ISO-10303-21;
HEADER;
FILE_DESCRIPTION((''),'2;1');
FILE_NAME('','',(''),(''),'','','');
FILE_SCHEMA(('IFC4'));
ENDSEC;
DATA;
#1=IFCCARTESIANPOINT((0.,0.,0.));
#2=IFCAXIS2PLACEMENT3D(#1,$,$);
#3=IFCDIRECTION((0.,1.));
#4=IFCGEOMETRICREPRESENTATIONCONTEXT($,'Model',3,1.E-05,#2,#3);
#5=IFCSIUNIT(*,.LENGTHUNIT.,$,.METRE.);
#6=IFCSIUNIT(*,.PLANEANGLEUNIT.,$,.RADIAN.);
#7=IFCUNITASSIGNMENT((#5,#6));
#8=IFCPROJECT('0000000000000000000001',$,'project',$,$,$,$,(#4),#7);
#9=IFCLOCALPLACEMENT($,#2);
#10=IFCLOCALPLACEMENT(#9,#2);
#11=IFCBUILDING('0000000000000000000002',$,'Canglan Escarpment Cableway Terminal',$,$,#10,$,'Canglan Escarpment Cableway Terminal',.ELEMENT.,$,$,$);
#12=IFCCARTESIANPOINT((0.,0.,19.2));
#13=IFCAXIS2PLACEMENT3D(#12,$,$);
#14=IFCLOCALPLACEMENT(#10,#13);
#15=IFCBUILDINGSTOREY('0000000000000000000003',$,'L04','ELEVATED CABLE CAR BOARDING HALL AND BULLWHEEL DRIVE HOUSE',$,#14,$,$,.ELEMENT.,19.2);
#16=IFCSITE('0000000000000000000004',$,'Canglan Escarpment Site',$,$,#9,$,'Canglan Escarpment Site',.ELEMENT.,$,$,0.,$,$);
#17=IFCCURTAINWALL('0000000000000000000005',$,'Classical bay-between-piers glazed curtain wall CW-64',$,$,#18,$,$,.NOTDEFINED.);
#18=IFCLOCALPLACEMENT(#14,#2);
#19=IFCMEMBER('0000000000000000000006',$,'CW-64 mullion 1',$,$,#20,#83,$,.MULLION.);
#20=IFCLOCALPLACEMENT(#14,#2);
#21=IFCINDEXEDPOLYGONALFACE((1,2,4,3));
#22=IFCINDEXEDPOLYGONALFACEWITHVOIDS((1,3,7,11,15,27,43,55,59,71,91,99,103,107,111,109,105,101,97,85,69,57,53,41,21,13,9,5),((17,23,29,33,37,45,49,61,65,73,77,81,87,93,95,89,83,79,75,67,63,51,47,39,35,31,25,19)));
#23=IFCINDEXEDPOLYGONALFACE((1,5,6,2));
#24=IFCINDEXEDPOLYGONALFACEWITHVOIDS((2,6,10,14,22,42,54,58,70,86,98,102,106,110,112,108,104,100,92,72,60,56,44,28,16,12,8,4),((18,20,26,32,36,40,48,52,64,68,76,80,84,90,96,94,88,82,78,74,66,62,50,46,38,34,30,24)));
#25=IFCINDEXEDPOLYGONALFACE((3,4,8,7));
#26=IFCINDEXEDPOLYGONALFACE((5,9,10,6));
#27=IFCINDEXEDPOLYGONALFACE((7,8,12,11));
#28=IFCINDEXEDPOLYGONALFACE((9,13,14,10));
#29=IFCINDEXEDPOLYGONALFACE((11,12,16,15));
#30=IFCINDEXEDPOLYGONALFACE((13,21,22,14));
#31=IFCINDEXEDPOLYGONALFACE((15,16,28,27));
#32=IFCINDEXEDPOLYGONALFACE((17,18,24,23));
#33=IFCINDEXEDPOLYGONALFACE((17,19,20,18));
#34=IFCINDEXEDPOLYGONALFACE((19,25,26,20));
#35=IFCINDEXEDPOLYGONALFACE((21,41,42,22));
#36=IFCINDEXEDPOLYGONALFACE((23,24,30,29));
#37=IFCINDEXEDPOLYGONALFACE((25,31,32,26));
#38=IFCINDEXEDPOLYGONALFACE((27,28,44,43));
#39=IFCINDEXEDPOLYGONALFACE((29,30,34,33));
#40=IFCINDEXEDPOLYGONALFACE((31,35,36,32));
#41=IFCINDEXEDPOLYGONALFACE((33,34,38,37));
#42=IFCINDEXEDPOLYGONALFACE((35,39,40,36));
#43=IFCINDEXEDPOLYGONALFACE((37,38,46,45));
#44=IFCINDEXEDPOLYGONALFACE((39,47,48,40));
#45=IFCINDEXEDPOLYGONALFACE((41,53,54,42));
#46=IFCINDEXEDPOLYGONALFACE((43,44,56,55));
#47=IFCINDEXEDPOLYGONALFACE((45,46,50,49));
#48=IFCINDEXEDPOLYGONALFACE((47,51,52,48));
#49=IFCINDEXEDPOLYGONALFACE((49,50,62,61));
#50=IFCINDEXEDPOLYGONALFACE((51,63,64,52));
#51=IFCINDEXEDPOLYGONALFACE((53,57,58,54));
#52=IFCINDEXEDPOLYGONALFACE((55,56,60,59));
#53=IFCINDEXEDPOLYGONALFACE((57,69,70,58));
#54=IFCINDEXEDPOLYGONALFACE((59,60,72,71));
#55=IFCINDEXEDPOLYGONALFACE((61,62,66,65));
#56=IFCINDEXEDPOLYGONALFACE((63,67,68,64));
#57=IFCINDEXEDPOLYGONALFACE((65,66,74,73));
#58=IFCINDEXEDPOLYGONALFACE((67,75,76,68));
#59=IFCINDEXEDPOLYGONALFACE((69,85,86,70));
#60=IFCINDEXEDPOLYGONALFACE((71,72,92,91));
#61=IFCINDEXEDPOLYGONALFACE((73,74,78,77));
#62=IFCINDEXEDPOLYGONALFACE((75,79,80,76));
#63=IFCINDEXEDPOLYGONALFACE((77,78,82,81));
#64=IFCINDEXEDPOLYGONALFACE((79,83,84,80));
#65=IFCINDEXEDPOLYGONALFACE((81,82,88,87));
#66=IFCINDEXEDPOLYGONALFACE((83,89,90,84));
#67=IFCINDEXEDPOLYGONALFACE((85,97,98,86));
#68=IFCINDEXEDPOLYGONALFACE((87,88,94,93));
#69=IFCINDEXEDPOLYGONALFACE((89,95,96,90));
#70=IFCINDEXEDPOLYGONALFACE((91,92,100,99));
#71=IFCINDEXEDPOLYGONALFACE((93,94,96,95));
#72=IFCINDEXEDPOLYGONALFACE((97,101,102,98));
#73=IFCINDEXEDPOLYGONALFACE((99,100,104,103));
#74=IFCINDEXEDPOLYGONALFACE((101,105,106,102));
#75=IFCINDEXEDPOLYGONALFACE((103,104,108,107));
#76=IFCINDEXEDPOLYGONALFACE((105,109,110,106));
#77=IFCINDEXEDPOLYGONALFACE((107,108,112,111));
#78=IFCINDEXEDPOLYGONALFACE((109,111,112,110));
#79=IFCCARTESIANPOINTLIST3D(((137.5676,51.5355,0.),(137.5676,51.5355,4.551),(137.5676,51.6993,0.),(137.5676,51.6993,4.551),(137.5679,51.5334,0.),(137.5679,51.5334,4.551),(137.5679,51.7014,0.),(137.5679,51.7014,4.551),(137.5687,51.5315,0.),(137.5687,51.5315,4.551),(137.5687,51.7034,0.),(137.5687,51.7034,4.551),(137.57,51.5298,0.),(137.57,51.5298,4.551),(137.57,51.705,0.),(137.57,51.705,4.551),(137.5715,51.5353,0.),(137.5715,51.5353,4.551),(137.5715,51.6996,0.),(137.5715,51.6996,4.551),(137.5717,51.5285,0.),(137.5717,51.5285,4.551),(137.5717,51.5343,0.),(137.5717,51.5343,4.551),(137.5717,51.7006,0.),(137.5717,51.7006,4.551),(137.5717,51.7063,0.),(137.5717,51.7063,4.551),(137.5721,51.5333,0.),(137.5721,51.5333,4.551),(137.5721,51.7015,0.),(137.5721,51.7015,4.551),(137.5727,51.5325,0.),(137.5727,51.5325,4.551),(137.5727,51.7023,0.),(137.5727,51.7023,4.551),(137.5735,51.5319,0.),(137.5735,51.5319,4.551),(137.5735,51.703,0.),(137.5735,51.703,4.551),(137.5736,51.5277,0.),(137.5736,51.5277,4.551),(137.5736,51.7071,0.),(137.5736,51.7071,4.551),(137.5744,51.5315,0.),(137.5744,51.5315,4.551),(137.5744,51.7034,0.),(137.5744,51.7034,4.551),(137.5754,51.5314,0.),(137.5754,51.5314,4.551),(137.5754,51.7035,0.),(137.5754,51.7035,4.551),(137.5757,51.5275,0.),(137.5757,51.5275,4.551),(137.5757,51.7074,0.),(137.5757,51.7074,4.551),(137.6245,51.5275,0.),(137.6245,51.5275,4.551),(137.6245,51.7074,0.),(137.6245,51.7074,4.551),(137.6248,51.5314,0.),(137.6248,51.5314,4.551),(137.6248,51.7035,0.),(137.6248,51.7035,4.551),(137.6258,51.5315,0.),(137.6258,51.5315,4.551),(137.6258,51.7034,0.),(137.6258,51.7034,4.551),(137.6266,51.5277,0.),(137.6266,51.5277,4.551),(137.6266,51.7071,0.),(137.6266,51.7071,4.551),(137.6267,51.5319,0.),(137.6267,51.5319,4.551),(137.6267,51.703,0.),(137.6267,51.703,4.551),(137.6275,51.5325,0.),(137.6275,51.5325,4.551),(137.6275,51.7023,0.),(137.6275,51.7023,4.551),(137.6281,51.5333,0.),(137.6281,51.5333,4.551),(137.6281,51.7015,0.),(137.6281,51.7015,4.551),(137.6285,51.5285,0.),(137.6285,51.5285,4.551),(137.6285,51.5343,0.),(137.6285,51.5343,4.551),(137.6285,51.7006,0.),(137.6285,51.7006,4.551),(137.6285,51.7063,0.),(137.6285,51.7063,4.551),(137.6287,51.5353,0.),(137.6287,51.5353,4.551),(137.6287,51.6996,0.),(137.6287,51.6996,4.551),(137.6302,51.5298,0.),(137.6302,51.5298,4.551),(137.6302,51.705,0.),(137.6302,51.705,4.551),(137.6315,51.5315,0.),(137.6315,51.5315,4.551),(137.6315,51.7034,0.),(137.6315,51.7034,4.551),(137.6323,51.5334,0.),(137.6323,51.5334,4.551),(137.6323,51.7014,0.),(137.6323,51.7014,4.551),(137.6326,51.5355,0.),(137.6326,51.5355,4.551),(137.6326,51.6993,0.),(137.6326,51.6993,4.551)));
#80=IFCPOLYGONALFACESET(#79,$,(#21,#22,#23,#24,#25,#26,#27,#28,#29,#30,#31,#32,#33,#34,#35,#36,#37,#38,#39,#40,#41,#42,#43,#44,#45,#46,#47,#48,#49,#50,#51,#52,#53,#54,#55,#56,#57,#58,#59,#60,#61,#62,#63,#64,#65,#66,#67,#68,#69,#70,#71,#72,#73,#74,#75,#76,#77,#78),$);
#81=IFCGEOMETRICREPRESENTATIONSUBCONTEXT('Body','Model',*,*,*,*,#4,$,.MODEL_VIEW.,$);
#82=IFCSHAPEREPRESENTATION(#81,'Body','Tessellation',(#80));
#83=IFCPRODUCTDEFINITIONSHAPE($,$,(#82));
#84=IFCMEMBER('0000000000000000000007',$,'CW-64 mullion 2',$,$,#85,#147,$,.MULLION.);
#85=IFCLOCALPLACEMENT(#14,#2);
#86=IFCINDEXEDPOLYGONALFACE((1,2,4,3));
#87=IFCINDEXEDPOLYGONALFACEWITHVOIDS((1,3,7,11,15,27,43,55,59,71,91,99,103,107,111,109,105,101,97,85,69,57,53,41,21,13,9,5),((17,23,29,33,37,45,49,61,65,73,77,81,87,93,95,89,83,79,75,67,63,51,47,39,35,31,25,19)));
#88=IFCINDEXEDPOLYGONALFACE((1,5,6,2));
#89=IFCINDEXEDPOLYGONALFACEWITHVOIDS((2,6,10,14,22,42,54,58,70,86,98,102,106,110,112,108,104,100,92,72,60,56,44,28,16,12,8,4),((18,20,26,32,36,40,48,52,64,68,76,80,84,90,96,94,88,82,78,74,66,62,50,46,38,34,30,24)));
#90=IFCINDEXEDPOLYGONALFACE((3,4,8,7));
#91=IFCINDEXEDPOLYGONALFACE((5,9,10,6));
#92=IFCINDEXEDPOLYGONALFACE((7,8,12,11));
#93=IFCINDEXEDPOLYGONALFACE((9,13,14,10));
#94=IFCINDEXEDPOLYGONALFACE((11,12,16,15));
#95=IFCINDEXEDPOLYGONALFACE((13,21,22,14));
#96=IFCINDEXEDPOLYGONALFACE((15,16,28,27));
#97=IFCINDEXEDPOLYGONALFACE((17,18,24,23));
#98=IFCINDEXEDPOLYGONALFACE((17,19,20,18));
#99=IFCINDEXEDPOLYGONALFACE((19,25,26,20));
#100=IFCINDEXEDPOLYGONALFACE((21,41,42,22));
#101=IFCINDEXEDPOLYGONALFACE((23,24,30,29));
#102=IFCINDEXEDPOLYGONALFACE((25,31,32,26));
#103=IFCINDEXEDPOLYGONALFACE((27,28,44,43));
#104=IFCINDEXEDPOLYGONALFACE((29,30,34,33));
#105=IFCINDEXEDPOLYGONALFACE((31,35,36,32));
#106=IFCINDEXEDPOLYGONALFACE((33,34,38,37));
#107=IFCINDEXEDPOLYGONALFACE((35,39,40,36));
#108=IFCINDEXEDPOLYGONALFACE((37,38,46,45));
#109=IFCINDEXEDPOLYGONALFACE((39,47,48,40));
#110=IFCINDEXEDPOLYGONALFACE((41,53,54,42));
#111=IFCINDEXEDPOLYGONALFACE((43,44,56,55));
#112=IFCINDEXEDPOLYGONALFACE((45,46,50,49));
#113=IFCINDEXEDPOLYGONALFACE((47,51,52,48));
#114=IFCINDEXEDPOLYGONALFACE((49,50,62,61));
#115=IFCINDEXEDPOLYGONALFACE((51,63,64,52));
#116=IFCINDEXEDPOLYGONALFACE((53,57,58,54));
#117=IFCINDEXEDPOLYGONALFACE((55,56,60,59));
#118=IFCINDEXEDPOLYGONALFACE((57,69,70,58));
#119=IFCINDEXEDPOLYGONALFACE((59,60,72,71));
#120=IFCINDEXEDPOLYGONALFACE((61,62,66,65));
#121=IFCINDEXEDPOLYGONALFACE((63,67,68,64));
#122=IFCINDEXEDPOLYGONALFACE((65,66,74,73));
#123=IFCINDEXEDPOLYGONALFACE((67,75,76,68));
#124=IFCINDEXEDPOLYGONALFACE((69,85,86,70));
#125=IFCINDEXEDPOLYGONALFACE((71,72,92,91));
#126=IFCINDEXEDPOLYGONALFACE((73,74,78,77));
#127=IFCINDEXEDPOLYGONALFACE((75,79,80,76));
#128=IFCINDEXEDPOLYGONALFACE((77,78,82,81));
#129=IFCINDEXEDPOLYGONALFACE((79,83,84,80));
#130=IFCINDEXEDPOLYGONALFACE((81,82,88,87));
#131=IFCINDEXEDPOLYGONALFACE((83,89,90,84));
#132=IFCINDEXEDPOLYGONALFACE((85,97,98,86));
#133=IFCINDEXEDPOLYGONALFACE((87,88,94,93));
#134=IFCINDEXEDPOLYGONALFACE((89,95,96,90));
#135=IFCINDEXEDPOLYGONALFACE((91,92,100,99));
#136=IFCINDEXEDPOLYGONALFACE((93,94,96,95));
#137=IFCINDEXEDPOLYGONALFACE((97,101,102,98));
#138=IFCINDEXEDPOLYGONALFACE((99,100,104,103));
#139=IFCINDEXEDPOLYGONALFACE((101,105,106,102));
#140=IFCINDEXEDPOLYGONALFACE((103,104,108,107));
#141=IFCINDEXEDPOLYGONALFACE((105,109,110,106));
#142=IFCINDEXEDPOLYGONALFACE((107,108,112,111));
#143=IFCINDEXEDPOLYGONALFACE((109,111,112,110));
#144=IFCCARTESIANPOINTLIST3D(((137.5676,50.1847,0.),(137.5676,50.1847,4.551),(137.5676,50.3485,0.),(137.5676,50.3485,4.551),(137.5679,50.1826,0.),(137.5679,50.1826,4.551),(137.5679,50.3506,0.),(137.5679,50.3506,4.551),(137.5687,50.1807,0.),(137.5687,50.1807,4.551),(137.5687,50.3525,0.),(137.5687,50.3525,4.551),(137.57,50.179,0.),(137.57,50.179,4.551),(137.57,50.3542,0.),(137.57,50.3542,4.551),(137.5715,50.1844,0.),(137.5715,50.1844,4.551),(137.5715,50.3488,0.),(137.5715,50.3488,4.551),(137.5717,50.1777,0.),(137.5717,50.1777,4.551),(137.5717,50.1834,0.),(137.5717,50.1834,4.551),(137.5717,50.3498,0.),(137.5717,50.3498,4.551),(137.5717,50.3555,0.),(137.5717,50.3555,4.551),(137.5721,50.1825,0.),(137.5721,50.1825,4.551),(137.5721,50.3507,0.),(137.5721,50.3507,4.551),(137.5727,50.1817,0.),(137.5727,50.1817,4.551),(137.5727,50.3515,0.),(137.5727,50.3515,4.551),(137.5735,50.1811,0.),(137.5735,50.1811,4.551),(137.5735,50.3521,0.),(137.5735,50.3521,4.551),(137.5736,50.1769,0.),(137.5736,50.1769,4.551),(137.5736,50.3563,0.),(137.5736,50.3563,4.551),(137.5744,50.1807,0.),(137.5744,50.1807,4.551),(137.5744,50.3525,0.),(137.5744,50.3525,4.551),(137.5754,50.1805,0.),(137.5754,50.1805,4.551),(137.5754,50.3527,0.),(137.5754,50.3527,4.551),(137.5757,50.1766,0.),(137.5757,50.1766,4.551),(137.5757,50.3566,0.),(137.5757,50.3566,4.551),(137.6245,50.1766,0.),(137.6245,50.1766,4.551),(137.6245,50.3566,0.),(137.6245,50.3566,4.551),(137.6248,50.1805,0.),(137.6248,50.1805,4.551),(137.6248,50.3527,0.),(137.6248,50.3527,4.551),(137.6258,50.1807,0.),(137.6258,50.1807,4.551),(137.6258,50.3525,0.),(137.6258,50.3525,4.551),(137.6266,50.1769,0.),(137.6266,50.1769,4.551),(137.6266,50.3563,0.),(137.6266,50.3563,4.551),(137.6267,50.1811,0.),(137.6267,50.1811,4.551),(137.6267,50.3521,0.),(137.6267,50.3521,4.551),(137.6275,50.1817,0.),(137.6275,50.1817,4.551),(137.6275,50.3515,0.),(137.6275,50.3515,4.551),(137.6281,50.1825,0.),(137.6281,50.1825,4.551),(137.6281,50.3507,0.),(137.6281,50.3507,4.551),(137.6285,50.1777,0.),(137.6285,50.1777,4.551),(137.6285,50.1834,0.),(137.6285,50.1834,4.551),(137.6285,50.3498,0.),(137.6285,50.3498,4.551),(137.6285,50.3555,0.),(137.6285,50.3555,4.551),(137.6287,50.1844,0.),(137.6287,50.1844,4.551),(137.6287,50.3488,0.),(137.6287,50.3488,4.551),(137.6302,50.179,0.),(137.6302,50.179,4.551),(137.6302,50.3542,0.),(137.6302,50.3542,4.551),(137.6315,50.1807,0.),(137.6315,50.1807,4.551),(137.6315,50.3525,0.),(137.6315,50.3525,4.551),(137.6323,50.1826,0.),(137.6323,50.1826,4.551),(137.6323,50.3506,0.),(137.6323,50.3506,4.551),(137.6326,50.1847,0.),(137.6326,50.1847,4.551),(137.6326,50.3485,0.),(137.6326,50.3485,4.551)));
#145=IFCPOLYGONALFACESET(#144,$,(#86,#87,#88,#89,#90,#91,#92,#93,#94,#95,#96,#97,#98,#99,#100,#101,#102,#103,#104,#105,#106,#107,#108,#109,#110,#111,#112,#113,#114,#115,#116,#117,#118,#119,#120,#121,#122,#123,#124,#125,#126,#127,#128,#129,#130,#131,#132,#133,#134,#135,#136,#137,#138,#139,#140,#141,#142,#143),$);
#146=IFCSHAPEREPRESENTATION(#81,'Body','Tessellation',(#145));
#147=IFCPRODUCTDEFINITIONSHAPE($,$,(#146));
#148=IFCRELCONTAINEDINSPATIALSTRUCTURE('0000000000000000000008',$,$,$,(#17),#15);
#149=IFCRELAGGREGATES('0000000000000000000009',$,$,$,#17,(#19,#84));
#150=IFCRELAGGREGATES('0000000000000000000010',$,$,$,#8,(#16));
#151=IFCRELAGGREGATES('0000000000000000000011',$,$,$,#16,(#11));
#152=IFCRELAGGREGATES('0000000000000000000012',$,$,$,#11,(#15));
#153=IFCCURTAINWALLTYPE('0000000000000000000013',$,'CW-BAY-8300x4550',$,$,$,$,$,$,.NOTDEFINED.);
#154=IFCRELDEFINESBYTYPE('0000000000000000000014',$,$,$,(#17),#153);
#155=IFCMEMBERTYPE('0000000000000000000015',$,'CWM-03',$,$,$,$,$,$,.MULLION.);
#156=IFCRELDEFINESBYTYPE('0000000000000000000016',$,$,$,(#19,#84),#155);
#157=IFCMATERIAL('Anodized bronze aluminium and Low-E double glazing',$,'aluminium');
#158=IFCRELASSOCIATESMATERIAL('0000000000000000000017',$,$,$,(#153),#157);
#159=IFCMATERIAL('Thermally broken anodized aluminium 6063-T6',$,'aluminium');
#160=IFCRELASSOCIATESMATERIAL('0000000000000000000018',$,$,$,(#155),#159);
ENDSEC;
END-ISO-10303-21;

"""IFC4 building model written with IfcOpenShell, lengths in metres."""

from ifc_helpers import new_model, si_unit, direction, frame, origin, origin_2d, place, context, subcontext, project, spatial, hollow_rectangle, extrude, material, material_profile, profile_set, type_object, element, aggregate, save


model = new_model("IFC4")

# Units and contexts
model_context = context("Model", 3, precision=1e-05, world=origin(), true_north=direction((0.0, 1.0)))
body_context = subcontext(model_context, "Body", "Model", "MODEL_VIEW")
ifc_project = project(units=[si_unit("LENGTHUNIT", "METRE"), si_unit("PLANEANGLEUNIT", "RADIAN")], contexts=[model_context])

# Site, building, storey
site_placement = place(None, origin())
site = spatial("IfcSite", under=ifc_project, at=site_placement, Name="Canglan Escarpment Site", LongName="Canglan Escarpment Site", CompositionType="ELEMENT", RefElevation=0.0)
building_placement = place(site_placement, origin())
building = spatial("IfcBuilding", under=site, at=building_placement, Name="Canglan Escarpment Cableway Terminal", LongName="Canglan Escarpment Cableway Terminal", CompositionType="ELEMENT")
storey_placement = place(building_placement, frame((0.0, 0.0, 19.2)))
storey = spatial("IfcBuildingStorey", under=building, at=storey_placement, Name="L04", Description="ELEVATED CABLE CAR BOARDING HALL AND BULLWHEEL DRIVE HOUSE", CompositionType="ELEMENT", Elevation=19.2)

# Shared definitions
ifc_material_1 = material(Name="Anodized bronze aluminium and Low-E double glazing", Category="aluminium")
curtain_wall_type = type_object("IfcCurtainWallType", Name="CW-BAY-8300x4550", PredefinedType="NOTDEFINED", material=ifc_material_1)
ifc_material_2 = material(Name="Thermally broken anodized aluminium 6063-T6", Category="aluminium")

# Curtain wall, members
curtain_wall_1_placement = place(storey_placement, origin())
curtain_wall_1 = element("IfcCurtainWall", 1, at=curtain_wall_1_placement, inside=storey, type_object=curtain_wall_type, Name="Classical bay-between-piers glazed curtain wall CW-64", PredefinedType="NOTDEFINED")
ifc_material_profile_1 = material_profile(ifc_material_2, hollow_rectangle(XDim=0.0649, YDim=0.1799, WallThickness=0.0039, InnerFilletRadius=0.0039, OuterFilletRadius=0.0081, at=origin_2d()), Name="ALU-MULL 65x180x4")
ifc_profile_set_1 = profile_set([ifc_material_profile_1], Name="Thermally broken anodized aluminium 6063-T6")
member_type_1 = type_object("IfcMemberType", Name="CWM-03", PredefinedType="MULLION", material=ifc_profile_set_1)
member_1_placement = place(storey_placement, frame((137.6001, 51.6174, 0.0), z_axis=(0.0, 0.0, 1.0), x_axis=(1.0, 0.0, 0.0)))
member_1 = element("IfcMember", 2, at=member_1_placement, type_object=member_type_1, Name="CW-64 mullion 1", PredefinedType="MULLION", context=body_context, shape_type="SweptSolid", body=[
    extrude(hollow_rectangle(XDim=0.0649, YDim=0.1799, WallThickness=0.0039, InnerFilletRadius=0.0039, OuterFilletRadius=0.0081, at=origin_2d()), origin(), (0.0, 0.0, 1.0), 4.551),
])
member_2_placement = place(storey_placement, frame((137.6001, 50.2666, 0.0), z_axis=(0.0, 0.0, 1.0), x_axis=(1.0, 0.0, 0.0)))
member_2 = element("IfcMember", 3, at=member_2_placement, type_object=member_type_1, Name="CW-64 mullion 2", PredefinedType="MULLION", context=body_context, shape_type="SweptSolid", body=[
    extrude(hollow_rectangle(XDim=0.0649, YDim=0.1799, WallThickness=0.0039, InnerFilletRadius=0.0039, OuterFilletRadius=0.0081, at=origin_2d()), origin(), (0.0, 0.0, 1.0), 4.551),
])

aggregate(curtain_wall_1, [member_1, member_2])

save(model, "model.ifc")
